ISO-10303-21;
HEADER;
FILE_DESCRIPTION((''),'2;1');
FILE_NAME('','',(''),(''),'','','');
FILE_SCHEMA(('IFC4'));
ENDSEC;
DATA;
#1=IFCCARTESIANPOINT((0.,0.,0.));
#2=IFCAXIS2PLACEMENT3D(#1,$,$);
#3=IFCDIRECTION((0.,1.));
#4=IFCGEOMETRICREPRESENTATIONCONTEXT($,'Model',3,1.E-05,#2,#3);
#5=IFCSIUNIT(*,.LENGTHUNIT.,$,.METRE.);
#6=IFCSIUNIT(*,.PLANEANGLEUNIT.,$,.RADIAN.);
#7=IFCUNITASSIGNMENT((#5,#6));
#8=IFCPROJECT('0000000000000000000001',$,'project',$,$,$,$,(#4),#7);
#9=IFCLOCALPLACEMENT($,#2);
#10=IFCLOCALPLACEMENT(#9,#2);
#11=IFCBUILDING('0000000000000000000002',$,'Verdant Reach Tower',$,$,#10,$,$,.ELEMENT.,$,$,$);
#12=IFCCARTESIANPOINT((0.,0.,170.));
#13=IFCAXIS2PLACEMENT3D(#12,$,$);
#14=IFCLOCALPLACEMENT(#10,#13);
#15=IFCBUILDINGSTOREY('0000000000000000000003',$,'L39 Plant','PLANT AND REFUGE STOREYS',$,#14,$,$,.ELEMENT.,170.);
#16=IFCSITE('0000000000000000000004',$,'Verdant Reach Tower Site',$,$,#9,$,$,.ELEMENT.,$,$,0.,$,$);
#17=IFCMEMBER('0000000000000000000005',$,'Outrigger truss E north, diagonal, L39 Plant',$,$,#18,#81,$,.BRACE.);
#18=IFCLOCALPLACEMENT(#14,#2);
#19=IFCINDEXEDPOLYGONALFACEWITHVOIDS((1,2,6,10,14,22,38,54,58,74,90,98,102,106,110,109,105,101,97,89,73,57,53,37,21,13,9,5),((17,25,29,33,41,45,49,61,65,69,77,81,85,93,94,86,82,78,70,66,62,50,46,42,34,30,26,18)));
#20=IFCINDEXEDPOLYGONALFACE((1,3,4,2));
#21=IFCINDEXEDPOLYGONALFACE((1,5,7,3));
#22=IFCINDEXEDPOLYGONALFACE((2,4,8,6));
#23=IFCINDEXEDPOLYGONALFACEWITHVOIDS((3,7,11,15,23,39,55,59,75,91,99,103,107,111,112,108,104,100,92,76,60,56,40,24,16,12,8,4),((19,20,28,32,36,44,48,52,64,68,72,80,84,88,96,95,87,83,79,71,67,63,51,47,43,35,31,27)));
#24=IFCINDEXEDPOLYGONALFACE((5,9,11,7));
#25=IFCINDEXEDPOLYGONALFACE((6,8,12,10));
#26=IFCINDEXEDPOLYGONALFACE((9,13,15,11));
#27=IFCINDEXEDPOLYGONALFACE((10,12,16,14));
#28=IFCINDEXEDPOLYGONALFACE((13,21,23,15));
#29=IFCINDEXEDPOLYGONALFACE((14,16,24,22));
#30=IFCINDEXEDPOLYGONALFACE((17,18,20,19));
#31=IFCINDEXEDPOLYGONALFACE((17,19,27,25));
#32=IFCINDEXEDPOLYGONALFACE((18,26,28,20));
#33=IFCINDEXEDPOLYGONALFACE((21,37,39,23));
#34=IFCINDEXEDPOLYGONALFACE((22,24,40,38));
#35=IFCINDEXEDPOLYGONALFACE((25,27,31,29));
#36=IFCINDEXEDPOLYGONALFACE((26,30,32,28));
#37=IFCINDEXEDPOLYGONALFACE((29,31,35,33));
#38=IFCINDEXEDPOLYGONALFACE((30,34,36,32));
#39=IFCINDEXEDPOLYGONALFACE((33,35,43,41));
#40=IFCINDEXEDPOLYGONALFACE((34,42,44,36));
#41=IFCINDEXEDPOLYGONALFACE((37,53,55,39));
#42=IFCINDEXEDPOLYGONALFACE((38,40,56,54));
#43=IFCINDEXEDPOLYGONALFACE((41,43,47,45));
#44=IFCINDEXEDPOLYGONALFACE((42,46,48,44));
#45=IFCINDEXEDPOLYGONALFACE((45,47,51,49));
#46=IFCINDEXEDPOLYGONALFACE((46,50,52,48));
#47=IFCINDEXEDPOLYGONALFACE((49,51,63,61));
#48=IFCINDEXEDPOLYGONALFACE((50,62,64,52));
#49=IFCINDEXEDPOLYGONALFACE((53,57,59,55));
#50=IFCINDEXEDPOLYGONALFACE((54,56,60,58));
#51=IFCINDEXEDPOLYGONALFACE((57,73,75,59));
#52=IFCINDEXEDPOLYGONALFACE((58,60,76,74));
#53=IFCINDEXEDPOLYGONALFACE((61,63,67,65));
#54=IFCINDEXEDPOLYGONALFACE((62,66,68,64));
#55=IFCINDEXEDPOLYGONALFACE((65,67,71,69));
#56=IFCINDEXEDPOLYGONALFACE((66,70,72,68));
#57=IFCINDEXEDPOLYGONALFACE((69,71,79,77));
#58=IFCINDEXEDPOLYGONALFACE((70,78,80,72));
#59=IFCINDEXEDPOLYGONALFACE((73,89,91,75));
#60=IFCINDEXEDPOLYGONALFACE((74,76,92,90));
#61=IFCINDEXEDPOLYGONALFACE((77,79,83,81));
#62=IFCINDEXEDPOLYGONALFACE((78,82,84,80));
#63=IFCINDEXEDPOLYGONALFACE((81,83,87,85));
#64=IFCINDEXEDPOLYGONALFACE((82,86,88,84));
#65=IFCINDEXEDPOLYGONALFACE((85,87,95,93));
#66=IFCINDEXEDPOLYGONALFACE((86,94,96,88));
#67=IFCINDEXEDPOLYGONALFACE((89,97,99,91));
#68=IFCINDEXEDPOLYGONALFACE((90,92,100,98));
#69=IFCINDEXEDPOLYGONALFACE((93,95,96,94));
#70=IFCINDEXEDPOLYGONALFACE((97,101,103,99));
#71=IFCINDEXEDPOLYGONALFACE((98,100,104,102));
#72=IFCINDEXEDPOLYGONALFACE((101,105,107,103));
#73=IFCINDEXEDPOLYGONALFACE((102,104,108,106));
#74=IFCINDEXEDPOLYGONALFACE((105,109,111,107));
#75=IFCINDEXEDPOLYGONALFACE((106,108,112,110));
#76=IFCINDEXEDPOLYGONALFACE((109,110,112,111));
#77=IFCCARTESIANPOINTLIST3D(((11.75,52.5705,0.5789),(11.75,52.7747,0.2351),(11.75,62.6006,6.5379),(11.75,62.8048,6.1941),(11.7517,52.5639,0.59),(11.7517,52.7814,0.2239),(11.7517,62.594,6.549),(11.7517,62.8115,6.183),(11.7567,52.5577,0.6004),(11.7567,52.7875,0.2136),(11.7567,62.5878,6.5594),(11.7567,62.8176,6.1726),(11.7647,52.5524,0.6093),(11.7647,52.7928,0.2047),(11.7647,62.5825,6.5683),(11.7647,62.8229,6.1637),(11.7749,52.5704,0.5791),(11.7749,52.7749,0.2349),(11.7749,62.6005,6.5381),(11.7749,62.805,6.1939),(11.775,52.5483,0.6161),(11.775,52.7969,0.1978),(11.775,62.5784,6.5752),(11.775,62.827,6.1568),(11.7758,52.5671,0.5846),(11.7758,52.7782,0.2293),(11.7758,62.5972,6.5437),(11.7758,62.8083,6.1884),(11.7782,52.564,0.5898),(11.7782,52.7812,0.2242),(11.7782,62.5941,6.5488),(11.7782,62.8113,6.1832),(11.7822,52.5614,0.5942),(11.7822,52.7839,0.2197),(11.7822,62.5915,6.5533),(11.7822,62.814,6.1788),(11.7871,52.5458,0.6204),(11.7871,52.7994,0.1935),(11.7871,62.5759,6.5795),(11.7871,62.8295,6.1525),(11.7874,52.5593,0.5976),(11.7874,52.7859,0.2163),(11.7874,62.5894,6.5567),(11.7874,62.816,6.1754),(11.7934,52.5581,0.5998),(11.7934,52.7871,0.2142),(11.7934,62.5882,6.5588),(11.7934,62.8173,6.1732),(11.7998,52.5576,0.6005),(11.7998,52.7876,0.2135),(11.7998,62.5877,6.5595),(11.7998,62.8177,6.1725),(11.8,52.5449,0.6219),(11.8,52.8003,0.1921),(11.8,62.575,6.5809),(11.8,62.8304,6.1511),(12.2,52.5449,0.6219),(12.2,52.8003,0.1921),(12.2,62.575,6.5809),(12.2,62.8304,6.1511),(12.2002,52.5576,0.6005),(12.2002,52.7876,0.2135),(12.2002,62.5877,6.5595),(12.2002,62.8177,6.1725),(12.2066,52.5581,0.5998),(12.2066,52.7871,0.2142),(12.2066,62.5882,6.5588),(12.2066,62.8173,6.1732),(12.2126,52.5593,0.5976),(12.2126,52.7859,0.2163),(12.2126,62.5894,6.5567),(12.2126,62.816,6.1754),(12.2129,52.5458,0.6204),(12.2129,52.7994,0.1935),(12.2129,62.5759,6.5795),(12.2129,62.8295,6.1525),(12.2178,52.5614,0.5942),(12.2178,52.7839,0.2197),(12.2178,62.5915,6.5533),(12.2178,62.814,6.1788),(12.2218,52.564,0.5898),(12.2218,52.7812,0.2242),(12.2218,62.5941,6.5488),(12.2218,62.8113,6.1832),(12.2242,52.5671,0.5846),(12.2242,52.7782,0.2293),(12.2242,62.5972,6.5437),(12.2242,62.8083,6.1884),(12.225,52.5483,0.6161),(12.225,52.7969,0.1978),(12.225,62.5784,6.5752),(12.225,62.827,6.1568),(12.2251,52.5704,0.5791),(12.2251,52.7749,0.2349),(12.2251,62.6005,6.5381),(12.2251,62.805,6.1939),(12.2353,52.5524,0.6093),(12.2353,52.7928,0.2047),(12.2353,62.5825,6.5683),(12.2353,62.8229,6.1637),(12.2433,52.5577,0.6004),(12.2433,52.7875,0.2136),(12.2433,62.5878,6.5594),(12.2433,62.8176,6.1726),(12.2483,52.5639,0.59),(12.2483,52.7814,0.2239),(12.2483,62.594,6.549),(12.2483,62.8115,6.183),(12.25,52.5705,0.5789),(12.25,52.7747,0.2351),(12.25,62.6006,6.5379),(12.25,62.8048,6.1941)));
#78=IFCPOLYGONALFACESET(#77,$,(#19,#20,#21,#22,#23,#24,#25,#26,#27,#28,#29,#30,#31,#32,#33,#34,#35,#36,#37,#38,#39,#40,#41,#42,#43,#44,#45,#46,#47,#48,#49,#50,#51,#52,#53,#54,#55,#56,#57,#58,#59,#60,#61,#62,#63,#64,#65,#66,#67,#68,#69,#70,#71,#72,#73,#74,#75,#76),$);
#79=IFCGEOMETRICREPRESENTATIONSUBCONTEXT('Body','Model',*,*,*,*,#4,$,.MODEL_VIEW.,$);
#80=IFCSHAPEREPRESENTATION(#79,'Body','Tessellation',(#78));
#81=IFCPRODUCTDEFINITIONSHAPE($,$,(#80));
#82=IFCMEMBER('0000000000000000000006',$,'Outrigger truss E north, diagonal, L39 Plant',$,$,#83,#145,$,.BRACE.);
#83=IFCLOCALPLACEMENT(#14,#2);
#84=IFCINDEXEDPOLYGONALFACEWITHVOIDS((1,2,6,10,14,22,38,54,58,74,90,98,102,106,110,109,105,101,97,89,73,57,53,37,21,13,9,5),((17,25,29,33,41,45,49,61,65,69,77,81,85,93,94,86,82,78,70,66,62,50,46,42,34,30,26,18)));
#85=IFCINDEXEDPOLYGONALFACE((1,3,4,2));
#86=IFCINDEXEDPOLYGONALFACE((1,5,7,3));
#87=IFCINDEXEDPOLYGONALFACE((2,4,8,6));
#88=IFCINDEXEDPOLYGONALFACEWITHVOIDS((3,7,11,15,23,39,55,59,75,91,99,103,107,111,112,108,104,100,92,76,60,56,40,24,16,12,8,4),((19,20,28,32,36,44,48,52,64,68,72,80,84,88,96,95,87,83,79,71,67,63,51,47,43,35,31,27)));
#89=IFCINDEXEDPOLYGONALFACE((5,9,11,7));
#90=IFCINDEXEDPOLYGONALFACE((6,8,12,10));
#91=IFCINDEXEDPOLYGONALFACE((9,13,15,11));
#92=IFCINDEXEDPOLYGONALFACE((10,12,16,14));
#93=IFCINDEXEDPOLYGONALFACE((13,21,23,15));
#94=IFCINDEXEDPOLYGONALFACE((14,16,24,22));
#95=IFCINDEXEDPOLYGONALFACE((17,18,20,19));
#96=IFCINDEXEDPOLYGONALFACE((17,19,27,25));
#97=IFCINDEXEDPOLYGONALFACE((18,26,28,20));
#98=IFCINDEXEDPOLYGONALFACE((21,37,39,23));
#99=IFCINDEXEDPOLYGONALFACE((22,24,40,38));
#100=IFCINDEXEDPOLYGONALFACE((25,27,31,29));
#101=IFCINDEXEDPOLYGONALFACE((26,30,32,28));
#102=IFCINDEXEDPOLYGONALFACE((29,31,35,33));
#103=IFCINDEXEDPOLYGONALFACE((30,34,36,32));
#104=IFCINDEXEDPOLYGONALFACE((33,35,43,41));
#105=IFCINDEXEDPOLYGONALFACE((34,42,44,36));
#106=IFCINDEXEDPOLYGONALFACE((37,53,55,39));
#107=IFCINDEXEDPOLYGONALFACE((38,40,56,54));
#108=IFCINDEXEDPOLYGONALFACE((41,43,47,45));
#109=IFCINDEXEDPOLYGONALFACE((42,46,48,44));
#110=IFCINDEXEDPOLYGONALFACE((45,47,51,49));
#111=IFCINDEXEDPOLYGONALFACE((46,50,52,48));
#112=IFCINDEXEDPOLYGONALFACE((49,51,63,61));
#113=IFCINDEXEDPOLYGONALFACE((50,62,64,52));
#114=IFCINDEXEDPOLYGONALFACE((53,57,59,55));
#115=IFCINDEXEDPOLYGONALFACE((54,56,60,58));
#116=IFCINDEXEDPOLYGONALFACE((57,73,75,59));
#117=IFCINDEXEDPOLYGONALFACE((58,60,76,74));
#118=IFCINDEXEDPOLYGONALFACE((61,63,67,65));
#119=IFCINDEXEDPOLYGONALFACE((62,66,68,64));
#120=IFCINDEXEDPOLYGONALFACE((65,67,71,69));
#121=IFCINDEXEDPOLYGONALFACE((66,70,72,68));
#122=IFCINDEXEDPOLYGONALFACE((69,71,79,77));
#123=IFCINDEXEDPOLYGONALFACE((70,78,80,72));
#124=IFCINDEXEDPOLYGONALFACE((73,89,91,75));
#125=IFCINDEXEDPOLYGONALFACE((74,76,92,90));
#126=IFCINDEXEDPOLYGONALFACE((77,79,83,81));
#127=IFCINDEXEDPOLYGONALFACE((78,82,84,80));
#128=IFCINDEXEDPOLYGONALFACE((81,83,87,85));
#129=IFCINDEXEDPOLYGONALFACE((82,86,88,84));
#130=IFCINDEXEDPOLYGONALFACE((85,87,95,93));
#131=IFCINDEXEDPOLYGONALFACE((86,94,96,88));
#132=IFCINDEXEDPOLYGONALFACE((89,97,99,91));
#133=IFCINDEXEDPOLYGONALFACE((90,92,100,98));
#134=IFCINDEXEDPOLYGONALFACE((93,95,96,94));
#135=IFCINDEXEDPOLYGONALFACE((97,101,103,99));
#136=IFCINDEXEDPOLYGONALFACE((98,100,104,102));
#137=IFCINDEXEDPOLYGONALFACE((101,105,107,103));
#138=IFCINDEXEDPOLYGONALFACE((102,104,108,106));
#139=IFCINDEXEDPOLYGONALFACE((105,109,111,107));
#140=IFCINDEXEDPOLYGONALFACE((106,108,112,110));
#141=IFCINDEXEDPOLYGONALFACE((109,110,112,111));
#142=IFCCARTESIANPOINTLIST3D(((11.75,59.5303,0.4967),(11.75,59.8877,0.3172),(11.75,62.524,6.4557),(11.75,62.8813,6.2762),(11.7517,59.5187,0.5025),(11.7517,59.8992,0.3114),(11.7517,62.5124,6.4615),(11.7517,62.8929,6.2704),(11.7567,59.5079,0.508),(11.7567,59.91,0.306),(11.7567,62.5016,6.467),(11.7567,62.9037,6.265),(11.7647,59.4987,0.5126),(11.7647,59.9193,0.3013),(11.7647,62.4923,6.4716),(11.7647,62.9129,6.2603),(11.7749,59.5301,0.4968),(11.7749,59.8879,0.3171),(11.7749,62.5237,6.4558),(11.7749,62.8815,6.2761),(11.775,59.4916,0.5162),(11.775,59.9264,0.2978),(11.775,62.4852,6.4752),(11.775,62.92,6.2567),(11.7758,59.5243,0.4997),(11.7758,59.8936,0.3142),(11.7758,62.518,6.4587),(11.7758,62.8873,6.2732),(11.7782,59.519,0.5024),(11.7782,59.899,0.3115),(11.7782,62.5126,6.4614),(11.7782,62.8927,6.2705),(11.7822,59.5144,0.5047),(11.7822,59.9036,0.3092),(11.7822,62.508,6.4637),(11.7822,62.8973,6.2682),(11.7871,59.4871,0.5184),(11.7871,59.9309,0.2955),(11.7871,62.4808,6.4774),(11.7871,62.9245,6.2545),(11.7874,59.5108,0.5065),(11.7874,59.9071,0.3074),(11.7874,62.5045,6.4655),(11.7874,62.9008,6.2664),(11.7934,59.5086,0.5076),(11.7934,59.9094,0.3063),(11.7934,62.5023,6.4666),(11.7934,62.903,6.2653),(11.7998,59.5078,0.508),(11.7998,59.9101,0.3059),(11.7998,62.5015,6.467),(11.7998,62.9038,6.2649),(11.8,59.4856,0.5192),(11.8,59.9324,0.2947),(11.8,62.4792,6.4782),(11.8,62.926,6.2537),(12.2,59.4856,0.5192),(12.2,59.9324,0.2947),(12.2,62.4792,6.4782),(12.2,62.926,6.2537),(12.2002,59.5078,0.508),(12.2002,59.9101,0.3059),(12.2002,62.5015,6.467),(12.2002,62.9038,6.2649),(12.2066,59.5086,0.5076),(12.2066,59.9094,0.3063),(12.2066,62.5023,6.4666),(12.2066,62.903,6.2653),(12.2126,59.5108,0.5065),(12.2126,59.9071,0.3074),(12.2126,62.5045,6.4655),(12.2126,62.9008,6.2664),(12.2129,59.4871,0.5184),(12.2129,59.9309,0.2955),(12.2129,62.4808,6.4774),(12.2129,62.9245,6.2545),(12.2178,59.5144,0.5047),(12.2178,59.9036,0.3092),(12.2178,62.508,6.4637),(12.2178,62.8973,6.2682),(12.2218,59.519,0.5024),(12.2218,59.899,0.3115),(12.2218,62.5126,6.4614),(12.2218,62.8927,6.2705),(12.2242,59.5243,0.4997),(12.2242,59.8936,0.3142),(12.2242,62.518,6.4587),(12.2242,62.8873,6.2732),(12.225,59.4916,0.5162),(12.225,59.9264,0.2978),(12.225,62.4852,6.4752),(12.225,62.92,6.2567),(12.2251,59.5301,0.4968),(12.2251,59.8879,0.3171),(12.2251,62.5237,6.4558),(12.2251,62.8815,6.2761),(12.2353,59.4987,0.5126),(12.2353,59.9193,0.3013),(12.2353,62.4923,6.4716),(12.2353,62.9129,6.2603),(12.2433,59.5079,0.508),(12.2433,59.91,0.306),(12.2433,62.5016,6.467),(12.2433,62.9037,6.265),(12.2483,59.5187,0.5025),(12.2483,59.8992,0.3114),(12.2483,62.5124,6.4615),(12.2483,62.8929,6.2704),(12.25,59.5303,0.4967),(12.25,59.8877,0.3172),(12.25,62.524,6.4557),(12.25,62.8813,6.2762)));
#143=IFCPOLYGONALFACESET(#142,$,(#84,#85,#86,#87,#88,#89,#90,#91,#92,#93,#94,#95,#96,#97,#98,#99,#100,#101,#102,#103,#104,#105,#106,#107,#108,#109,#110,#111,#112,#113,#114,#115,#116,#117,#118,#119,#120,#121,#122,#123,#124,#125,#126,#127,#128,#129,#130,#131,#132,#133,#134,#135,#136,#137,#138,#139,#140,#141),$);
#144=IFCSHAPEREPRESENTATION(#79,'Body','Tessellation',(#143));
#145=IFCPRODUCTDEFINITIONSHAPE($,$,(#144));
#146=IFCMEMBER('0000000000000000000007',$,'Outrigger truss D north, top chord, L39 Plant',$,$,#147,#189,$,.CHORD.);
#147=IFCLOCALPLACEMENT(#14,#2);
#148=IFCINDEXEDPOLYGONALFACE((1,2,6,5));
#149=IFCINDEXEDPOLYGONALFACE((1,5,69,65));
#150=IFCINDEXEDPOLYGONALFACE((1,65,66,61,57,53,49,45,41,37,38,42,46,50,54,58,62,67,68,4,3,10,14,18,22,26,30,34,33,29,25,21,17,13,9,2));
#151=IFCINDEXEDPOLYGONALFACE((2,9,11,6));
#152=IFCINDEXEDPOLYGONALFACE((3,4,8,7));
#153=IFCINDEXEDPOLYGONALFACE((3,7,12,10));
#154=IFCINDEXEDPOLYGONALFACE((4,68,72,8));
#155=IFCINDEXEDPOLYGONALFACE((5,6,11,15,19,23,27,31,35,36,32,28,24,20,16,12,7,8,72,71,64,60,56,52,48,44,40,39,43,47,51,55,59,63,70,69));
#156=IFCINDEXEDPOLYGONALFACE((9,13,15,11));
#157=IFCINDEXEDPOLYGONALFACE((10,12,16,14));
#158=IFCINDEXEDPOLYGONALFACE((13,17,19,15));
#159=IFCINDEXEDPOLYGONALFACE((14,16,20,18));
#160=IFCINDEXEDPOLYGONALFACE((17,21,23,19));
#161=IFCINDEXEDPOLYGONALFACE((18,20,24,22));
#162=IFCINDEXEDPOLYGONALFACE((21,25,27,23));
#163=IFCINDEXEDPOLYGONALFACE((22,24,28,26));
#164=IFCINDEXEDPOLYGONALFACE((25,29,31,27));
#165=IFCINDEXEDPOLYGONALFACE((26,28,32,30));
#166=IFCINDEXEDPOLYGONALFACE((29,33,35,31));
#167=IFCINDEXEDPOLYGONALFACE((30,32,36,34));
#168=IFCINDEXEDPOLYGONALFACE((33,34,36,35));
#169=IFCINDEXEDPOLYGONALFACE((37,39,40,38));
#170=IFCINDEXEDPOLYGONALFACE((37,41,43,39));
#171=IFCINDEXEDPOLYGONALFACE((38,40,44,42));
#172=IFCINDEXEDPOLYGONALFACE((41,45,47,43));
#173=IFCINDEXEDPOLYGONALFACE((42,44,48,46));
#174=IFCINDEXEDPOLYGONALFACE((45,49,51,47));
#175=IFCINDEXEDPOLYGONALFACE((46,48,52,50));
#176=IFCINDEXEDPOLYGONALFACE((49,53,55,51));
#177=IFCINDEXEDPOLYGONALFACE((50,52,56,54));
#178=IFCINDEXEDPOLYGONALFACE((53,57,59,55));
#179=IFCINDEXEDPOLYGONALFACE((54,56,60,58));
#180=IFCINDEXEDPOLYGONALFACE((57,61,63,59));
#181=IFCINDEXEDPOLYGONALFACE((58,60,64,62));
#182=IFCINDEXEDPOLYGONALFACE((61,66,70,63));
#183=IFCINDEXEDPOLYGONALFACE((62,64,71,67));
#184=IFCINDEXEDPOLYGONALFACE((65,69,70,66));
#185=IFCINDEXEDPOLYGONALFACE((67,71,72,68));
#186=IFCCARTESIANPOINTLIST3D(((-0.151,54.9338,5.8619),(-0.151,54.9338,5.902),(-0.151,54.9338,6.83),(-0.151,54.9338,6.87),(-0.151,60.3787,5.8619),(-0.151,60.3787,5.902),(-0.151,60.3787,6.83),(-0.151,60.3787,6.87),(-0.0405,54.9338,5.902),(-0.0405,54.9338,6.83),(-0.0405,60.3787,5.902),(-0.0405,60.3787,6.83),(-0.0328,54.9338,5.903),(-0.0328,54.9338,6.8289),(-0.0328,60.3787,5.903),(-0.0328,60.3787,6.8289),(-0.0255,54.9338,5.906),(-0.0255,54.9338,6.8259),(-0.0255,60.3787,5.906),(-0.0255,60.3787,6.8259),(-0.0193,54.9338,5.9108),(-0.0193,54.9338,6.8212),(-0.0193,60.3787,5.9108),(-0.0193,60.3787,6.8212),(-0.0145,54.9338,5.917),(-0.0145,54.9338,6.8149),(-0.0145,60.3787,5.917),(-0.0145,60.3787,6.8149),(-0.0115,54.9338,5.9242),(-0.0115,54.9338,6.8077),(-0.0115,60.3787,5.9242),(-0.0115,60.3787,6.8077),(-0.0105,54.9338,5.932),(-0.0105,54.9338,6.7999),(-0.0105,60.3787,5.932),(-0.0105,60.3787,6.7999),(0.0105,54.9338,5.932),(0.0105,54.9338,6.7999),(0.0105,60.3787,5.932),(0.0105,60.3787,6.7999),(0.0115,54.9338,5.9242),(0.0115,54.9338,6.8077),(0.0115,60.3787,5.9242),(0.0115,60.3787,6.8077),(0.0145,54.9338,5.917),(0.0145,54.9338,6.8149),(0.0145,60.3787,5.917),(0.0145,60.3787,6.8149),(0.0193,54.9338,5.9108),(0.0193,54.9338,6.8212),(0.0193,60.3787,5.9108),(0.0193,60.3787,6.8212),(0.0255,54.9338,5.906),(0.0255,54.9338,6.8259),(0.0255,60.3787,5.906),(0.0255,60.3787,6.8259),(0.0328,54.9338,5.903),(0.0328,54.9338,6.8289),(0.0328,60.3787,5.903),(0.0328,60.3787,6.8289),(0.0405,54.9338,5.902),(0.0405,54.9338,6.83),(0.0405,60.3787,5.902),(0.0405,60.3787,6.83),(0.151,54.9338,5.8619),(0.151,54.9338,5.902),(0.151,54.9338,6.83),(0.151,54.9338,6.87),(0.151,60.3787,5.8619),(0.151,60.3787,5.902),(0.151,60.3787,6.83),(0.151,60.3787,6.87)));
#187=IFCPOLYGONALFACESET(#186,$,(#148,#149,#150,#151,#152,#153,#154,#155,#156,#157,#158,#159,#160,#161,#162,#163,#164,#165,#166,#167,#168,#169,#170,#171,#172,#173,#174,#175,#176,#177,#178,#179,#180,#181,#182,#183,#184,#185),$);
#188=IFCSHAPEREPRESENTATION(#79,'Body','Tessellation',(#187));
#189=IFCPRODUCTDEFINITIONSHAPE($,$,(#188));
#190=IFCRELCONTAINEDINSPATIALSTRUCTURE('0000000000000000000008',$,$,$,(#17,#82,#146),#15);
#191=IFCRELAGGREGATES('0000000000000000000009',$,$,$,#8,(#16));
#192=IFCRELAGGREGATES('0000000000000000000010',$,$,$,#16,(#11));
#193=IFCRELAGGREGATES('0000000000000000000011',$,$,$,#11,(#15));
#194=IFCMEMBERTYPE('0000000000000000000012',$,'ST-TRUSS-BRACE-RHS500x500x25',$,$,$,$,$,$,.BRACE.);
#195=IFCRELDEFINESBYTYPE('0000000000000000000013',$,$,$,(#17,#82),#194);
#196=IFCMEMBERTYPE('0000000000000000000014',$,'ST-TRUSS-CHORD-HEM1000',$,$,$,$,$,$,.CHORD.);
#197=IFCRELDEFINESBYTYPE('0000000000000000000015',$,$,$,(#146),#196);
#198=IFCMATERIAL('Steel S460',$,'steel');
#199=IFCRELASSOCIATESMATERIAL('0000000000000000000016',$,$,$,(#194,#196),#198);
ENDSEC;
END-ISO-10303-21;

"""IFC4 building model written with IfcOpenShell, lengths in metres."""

from ifc_helpers import new_model, si_unit, direction, frame, origin, origin_2d, place, context, subcontext, project, spatial, hollow_rectangle, i_section, extrude, material, material_profile, profile_set, type_object, element, save


model = new_model("IFC4")

# Units and contexts
model_context = context("Model", 3, precision=1e-05, world=origin(), true_north=direction((0.0, 1.0)))
body_context = subcontext(model_context, "Body", "Model", "MODEL_VIEW")
ifc_project = project(units=[si_unit("LENGTHUNIT", "METRE"), si_unit("PLANEANGLEUNIT", "RADIAN")], contexts=[model_context])

# Site, building, storey
site_placement = place(None, origin())
site = spatial("IfcSite", under=ifc_project, at=site_placement, Name="Verdant Reach Tower Site", CompositionType="ELEMENT", RefElevation=0.0)
building_placement = place(site_placement, origin())
building = spatial("IfcBuilding", under=site, at=building_placement, Name="Verdant Reach Tower", CompositionType="ELEMENT")
storey_placement = place(building_placement, frame((0.0, 0.0, 170.0)))
storey = spatial("IfcBuildingStorey", under=building, at=storey_placement, Name="L39 Plant", Description="PLANT AND REFUGE STOREYS", CompositionType="ELEMENT", Elevation=170.0)

# Shared definitions
ifc_material_1 = material(Name="Steel S460", Category="steel")

# Members
ifc_material_profile_1 = material_profile(ifc_material_1, hollow_rectangle(XDim=0.5, YDim=0.5, WallThickness=0.0249, InnerFilletRadius=0.0249, OuterFilletRadius=0.05, at=origin_2d()), Name="RHS 500x500x25")
ifc_profile_set_1 = profile_set([ifc_material_profile_1], Name="Steel S460")
member_type_1 = type_object("IfcMemberType", Name="ST-TRUSS-BRACE-RHS500x500x25", PredefinedType="BRACE", material=ifc_profile_set_1)
member_1_placement = place(storey_placement, frame((12.0, 52.6726, 0.407), z_axis=(0.0, 0.859717, 0.51077), x_axis=(-1.0, 0.0, 0.0)))
element("IfcMember", 1, at=member_1_placement, inside=storey, type_object=member_type_1, Name="Outrigger truss E north, diagonal, L39 Plant", PredefinedType="BRACE", context=body_context, shape_type="SweptSolid", body=[
    extrude(hollow_rectangle(XDim=0.5, YDim=0.5, WallThickness=0.0249, InnerFilletRadius=0.0249, OuterFilletRadius=0.05, at=origin_2d()), origin(), (0.0, 0.0, 1.0), 11.6667),
])
member_2_placement = place(storey_placement, frame((12.0, 62.7026, 6.366), z_axis=(0.0, -0.448911, -0.893576), x_axis=(1.0, 0.0, 0.0)))
element("IfcMember", 2, at=member_2_placement, inside=storey, type_object=member_type_1, Name="Outrigger truss E north, diagonal, L39 Plant", PredefinedType="BRACE", context=body_context, shape_type="SweptSolid", body=[
    extrude(hollow_rectangle(XDim=0.5, YDim=0.5, WallThickness=0.0249, InnerFilletRadius=0.0249, OuterFilletRadius=0.05, at=origin_2d()), origin(), (0.0, 0.0, 1.0), 6.6687),
])
ifc_material_profile_2 = material_profile(ifc_material_1, i_section(OverallWidth=0.302, OverallDepth=1.0081, WebThickness=0.021, FlangeThickness=0.04, FilletRadius=0.03, at=origin_2d()), Name="HEM 1000")
ifc_profile_set_2 = profile_set([ifc_material_profile_2], Name="Steel S460")
member_type_2 = type_object("IfcMemberType", Name="ST-TRUSS-CHORD-HEM1000", PredefinedType="CHORD", material=ifc_profile_set_2)
member_3_placement = place(storey_placement, frame((0.0, 54.9338, 6.366), z_axis=(0.0, 1.0, 0.0), x_axis=(-1.0, 0.0, 0.0)))
element("IfcMember", 3, at=member_3_placement, inside=storey, type_object=member_type_2, Name="Outrigger truss D north, top chord, L39 Plant", PredefinedType="CHORD", context=body_context, shape_type="SweptSolid", body=[
    extrude(i_section(OverallWidth=0.302, OverallDepth=1.0081, WebThickness=0.021, FlangeThickness=0.04, FilletRadius=0.03, at=origin_2d()), origin(), (0.0, 0.0, 1.0), 5.4448),
])

save(model, "model.ifc")
